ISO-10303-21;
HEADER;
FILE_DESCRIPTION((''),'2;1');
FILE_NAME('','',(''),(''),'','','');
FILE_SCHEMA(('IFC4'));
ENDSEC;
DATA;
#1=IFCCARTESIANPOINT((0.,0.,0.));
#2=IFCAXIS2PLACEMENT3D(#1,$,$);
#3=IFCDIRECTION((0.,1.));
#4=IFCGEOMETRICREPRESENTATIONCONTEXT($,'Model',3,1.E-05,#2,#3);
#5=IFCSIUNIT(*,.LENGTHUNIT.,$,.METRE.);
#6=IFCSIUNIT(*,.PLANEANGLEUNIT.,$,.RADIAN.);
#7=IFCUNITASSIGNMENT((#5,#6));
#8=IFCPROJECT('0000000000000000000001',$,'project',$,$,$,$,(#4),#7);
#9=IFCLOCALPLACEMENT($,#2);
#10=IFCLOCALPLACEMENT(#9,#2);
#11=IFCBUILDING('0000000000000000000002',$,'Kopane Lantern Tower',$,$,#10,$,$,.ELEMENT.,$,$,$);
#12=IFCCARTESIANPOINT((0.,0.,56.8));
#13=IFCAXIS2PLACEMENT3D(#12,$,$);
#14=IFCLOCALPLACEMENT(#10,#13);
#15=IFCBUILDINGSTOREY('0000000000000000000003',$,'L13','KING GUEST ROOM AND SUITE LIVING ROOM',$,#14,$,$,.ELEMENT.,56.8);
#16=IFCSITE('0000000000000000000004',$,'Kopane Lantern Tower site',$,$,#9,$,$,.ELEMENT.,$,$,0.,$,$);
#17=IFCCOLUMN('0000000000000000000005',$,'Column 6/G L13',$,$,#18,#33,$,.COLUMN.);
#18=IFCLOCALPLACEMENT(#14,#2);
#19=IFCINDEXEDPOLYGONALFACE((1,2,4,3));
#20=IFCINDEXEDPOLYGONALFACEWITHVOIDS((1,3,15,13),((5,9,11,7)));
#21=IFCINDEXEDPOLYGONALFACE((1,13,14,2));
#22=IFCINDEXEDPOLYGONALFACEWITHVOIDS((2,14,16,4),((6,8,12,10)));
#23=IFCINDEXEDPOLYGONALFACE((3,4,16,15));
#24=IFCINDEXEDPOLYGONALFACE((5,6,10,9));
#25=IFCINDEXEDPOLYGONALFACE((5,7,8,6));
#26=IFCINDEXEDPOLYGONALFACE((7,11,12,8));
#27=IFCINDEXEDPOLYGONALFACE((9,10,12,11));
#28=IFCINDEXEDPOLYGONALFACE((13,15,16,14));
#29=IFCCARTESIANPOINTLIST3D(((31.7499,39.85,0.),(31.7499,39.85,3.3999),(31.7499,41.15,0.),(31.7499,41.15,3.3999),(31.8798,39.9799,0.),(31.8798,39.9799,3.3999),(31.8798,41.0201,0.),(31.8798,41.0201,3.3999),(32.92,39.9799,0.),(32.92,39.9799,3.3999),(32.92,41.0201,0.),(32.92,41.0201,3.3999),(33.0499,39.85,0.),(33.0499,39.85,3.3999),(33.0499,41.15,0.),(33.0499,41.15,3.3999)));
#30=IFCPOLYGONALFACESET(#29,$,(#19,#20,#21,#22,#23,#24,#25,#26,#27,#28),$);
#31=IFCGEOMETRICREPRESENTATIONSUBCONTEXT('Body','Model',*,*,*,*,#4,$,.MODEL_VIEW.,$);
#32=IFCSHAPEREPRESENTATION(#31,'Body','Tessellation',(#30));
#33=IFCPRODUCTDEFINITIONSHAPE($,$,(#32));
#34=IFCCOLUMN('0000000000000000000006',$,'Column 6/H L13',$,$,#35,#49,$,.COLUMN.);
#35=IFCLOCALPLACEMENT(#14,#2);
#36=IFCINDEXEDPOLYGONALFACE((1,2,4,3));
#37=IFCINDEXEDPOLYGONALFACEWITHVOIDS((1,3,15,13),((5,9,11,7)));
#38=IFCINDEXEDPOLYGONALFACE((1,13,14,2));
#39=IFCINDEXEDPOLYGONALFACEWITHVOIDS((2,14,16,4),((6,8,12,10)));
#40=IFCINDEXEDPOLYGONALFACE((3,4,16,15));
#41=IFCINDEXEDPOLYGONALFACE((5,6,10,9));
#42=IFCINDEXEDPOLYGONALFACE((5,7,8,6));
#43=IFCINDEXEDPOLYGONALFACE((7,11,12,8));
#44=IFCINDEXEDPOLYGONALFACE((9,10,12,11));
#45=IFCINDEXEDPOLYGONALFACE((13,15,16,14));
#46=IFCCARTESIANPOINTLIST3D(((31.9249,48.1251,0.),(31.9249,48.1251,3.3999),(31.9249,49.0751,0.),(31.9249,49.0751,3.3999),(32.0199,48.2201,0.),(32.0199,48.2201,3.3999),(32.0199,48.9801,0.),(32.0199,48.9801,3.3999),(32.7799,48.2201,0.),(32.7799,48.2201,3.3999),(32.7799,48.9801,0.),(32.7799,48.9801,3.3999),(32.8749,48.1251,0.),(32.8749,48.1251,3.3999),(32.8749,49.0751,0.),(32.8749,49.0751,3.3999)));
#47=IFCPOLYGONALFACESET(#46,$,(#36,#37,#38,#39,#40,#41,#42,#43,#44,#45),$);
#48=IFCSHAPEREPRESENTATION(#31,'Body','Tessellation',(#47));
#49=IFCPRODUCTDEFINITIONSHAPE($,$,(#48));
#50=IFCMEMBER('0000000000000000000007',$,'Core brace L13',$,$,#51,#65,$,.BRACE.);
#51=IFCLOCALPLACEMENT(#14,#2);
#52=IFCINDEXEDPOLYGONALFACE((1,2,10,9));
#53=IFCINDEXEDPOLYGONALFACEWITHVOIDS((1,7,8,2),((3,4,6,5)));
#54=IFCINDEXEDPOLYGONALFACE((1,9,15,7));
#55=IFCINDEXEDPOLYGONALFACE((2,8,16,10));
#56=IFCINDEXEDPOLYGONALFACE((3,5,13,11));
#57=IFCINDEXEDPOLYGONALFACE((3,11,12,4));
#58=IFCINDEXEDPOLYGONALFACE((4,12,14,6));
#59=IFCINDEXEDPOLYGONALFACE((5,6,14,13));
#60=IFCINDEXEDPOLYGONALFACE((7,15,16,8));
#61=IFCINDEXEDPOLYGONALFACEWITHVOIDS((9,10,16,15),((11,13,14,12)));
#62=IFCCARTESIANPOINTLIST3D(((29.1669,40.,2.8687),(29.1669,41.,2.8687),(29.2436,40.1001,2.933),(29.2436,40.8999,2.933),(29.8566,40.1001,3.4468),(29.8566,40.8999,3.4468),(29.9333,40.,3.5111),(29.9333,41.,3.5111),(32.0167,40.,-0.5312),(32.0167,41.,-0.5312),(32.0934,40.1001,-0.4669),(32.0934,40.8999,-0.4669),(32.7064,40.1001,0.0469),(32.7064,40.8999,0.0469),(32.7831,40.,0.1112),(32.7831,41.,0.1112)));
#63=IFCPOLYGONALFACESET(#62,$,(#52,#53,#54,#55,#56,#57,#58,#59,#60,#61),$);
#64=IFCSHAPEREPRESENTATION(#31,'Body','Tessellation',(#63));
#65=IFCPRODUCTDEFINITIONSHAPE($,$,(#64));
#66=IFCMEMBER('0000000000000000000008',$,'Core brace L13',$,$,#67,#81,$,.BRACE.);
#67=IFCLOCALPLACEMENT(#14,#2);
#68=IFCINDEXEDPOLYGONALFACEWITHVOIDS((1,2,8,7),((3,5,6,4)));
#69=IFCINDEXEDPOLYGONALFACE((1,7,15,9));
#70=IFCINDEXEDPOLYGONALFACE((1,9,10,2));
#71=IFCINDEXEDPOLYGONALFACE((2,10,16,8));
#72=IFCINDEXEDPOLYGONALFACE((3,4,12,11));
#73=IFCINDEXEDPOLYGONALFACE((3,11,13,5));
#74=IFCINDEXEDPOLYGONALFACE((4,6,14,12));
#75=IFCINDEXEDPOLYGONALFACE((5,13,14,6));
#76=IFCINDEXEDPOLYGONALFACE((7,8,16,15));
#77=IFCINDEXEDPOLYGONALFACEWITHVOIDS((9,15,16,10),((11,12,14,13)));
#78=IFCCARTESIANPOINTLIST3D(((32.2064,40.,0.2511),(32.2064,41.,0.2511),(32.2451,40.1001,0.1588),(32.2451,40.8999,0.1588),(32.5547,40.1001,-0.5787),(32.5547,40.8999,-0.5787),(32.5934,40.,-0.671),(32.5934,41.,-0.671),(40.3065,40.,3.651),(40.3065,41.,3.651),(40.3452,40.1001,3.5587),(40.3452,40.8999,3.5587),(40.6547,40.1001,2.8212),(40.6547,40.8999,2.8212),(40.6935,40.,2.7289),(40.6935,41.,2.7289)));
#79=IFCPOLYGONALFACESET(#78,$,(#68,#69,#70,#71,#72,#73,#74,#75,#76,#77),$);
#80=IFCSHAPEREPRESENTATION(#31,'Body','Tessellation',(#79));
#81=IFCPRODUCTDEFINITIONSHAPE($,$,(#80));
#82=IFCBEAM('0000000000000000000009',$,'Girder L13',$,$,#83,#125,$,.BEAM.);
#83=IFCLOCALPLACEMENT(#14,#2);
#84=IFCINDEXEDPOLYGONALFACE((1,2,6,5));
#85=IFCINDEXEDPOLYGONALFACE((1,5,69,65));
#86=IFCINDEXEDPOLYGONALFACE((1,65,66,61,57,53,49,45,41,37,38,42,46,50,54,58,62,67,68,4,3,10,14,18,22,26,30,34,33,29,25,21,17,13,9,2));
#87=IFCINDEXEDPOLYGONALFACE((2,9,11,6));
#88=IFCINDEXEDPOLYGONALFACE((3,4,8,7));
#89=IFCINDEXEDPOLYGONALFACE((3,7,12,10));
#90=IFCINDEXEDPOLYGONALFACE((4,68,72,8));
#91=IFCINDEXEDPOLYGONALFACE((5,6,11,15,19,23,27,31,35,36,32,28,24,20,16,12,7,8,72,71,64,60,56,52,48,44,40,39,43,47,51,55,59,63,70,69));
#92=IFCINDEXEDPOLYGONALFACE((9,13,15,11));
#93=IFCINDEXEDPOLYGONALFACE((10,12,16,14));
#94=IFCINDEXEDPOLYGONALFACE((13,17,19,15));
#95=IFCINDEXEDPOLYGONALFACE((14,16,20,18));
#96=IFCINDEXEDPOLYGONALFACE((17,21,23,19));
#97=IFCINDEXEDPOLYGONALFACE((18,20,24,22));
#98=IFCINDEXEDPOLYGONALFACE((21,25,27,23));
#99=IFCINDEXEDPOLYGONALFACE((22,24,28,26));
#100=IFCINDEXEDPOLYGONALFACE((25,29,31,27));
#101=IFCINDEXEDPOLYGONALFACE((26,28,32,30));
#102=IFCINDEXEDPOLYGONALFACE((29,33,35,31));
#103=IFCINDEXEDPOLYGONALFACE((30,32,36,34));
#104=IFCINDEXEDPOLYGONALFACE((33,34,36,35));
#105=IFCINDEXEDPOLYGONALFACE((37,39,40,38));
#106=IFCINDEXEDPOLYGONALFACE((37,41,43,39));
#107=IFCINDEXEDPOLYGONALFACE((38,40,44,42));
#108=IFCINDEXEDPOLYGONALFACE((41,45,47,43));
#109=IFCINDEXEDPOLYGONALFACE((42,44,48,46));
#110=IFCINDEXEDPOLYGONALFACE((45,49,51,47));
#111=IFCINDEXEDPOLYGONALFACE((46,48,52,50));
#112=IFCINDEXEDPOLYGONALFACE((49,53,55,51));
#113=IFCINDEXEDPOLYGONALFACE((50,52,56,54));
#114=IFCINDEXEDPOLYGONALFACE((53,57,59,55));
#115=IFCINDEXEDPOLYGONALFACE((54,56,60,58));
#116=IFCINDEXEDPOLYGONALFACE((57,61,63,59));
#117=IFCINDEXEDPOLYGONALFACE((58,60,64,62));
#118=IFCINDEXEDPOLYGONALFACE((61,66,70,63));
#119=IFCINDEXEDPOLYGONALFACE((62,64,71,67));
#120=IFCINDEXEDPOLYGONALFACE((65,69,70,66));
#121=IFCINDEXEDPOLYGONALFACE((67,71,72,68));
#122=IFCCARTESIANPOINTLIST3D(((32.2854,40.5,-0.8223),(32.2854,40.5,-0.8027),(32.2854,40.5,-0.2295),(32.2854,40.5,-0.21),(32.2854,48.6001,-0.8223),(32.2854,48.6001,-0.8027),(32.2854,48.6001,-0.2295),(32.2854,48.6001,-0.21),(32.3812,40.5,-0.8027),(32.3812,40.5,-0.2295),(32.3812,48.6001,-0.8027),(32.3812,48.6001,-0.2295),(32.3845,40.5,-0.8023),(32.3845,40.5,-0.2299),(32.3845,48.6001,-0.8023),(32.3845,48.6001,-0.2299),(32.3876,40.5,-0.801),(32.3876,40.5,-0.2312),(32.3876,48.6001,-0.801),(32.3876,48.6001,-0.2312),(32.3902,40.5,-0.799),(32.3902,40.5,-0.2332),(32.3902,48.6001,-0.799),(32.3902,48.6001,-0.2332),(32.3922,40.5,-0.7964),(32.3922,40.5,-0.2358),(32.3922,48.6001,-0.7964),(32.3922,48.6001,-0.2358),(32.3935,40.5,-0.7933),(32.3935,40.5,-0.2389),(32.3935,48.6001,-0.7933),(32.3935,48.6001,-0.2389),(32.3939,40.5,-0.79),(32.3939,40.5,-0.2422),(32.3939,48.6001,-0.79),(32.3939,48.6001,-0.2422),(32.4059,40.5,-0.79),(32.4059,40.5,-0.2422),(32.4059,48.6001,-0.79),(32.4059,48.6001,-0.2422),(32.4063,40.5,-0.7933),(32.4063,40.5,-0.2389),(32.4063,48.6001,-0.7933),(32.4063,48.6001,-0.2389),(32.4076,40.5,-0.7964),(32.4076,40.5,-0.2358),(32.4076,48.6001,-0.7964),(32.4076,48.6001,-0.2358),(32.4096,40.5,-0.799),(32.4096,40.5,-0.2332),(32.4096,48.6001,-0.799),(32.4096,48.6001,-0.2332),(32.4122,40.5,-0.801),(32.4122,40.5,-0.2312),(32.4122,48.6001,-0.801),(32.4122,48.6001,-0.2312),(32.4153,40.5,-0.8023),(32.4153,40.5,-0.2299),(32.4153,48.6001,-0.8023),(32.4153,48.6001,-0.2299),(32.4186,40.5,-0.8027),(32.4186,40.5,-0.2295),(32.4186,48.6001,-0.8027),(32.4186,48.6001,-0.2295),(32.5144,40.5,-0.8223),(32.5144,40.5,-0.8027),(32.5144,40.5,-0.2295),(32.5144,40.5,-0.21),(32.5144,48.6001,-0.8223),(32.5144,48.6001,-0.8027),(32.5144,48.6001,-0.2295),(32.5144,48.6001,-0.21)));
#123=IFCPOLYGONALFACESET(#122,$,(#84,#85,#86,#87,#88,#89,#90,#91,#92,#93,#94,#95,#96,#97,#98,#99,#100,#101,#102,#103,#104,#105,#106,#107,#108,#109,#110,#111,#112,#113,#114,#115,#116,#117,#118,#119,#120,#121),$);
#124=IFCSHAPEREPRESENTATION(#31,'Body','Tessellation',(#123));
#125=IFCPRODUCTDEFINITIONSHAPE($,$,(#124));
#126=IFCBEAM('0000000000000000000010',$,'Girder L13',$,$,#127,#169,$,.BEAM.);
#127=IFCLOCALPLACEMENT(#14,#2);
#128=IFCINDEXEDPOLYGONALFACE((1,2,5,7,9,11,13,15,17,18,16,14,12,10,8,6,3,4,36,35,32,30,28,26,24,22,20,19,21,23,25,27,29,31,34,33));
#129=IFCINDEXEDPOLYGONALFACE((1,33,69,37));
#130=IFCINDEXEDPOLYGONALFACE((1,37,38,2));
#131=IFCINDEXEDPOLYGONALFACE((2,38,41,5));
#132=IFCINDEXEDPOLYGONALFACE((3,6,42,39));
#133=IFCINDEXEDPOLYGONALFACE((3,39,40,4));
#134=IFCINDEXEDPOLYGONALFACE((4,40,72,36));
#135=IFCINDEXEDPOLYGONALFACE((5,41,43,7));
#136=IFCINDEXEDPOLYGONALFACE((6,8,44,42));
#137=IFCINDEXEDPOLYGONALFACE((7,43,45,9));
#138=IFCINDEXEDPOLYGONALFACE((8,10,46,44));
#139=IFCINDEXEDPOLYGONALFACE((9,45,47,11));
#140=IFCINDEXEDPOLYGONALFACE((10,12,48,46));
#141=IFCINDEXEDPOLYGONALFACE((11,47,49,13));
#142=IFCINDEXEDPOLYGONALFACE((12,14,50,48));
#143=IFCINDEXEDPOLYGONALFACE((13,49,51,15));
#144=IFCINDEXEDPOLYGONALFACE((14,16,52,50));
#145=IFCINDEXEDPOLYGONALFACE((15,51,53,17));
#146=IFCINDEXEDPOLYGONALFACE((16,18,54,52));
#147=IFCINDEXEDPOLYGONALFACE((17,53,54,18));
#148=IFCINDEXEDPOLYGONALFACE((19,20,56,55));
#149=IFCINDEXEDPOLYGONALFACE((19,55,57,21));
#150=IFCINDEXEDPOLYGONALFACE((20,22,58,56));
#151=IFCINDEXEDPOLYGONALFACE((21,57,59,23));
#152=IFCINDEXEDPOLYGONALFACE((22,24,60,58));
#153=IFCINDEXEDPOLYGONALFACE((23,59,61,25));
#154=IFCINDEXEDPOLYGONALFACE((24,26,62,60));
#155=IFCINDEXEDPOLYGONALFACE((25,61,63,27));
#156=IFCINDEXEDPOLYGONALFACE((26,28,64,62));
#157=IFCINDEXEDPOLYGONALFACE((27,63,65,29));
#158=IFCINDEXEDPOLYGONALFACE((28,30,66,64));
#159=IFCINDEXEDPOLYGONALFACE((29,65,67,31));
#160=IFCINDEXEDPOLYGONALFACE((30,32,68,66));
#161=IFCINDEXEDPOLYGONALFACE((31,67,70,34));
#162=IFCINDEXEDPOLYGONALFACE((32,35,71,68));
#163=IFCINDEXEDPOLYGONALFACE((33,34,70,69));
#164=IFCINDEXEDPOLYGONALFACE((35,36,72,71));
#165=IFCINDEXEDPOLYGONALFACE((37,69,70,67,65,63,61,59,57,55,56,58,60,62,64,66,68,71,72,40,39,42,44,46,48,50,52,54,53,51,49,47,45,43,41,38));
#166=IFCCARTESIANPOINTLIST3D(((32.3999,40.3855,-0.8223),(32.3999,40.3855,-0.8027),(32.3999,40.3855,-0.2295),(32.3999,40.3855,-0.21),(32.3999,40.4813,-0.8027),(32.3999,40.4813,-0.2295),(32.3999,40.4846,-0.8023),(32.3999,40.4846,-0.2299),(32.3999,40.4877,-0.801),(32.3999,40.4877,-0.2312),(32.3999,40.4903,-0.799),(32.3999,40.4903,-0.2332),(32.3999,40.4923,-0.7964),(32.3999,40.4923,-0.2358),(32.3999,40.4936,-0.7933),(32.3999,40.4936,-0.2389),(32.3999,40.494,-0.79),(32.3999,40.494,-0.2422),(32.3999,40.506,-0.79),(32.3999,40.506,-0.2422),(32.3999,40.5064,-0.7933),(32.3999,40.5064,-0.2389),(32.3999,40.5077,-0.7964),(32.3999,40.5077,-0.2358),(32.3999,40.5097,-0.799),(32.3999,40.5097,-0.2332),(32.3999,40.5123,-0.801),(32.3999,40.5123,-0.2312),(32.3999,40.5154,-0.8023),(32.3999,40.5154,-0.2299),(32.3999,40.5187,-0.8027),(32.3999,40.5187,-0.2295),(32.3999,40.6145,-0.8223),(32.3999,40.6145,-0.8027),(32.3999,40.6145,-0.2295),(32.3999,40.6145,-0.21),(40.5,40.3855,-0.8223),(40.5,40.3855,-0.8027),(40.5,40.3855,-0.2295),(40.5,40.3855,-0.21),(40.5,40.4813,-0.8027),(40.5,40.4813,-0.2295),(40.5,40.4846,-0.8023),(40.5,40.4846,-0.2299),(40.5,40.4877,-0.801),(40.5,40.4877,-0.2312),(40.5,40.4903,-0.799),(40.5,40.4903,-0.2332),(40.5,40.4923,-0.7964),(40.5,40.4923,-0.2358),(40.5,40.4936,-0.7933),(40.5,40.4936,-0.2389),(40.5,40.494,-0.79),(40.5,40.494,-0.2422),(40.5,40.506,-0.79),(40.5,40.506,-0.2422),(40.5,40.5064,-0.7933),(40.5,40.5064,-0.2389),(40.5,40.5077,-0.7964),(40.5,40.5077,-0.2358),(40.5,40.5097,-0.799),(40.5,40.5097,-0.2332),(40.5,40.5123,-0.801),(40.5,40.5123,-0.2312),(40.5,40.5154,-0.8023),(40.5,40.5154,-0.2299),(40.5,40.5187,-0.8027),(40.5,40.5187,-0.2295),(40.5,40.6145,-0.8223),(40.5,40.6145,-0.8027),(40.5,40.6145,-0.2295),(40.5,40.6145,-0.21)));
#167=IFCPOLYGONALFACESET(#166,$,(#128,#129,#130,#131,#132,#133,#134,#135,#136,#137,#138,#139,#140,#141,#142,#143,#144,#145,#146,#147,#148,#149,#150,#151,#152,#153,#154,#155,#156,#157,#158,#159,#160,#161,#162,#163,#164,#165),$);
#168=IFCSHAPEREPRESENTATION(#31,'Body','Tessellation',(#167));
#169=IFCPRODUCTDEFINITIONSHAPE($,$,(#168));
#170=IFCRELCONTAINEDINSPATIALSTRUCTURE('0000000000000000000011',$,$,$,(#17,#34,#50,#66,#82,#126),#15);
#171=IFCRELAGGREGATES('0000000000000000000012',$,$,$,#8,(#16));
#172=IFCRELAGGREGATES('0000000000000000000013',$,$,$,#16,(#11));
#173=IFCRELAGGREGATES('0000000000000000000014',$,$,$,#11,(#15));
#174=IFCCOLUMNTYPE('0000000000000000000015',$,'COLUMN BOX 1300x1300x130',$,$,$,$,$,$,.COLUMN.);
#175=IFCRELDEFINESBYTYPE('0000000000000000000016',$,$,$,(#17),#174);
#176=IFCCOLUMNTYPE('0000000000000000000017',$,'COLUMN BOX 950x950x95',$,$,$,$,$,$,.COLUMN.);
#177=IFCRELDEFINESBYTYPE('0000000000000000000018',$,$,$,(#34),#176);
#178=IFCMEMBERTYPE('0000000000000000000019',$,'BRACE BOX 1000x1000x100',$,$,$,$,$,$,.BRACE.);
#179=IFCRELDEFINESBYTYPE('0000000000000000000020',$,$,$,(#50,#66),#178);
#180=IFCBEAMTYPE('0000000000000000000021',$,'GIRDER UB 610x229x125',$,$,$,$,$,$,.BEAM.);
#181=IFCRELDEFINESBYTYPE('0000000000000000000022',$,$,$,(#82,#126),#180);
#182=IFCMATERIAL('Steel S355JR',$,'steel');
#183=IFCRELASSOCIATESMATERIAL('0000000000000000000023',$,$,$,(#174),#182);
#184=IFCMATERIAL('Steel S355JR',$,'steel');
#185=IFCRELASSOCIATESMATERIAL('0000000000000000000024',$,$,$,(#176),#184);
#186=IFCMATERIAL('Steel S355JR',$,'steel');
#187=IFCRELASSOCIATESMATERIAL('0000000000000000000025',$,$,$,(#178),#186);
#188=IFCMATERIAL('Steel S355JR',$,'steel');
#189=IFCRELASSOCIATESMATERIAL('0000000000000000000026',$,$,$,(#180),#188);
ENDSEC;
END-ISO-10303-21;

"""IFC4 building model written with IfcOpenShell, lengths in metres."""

from ifc_helpers import new_model, si_unit, direction, frame, origin, origin_2d, place, context, subcontext, project, spatial, hollow_rectangle, i_section, extrude, material, material_profile, profile_set, type_object, element, save


model = new_model("IFC4")

# Units and contexts
model_context = context("Model", 3, precision=1e-05, world=origin(), true_north=direction((0.0, 1.0)))
body_context = subcontext(model_context, "Body", "Model", "MODEL_VIEW")
ifc_project = project(units=[si_unit("LENGTHUNIT", "METRE"), si_unit("PLANEANGLEUNIT", "RADIAN")], contexts=[model_context])

# Site, building, storey
site_placement = place(None, origin())
site = spatial("IfcSite", under=ifc_project, at=site_placement, Name="Kopane Lantern Tower site", CompositionType="ELEMENT", RefElevation=0.0)
building_placement = place(site_placement, origin())
building = spatial("IfcBuilding", under=site, at=building_placement, Name="Kopane Lantern Tower", CompositionType="ELEMENT")
storey_placement = place(building_placement, frame((0.0, 0.0, 56.8)))
storey = spatial("IfcBuildingStorey", under=building, at=storey_placement, Name="L13", Description="KING GUEST ROOM AND SUITE LIVING ROOM", CompositionType="ELEMENT", Elevation=56.8)

# Columns
ifc_material_1 = material(Name="Steel S355JR", Category="steel")
ifc_material_profile_1 = material_profile(ifc_material_1, hollow_rectangle(XDim=1.3, YDim=1.3, WallThickness=0.1299, at=origin_2d()), Name="BOX 1300x1300x130")
ifc_profile_set_1 = profile_set([ifc_material_profile_1], Name="Steel S355JR")
column_type_1 = type_object("IfcColumnType", Name="COLUMN BOX 1300x1300x130", PredefinedType="COLUMN", material=ifc_profile_set_1)
column_1_placement = place(storey_placement, frame((32.3999, 40.5, 0.0), z_axis=(0.0, 0.0, 1.0), x_axis=(1.0, 0.0, 0.0)))
element("IfcColumn", 1, at=column_1_placement, inside=storey, type_object=column_type_1, Name="Column 6/G L13", PredefinedType="COLUMN", context=body_context, shape_type="SweptSolid", body=[
    extrude(hollow_rectangle(XDim=1.3, YDim=1.3, WallThickness=0.1299, at=origin_2d()), origin(), (0.0, 0.0, 1.0), 3.3999),
])
ifc_material_2 = material(Name="Steel S355JR", Category="steel")
ifc_material_profile_2 = material_profile(ifc_material_2, hollow_rectangle(XDim=0.95, YDim=0.95, WallThickness=0.095, at=origin_2d()), Name="BOX 950x950x95")
ifc_profile_set_2 = profile_set([ifc_material_profile_2], Name="Steel S355JR")
column_type_2 = type_object("IfcColumnType", Name="COLUMN BOX 950x950x95", PredefinedType="COLUMN", material=ifc_profile_set_2)
column_2_placement = place(storey_placement, frame((32.3999, 48.6001, 0.0), z_axis=(0.0, 0.0, 1.0), x_axis=(1.0, 0.0, 0.0)))
element("IfcColumn", 2, at=column_2_placement, inside=storey, type_object=column_type_2, Name="Column 6/H L13", PredefinedType="COLUMN", context=body_context, shape_type="SweptSolid", body=[
    extrude(hollow_rectangle(XDim=0.95, YDim=0.95, WallThickness=0.095, at=origin_2d()), origin(), (0.0, 0.0, 1.0), 3.3999),
])

# Members
ifc_material_3 = material(Name="Steel S355JR", Category="steel")
ifc_material_profile_3 = material_profile(ifc_material_3, hollow_rectangle(XDim=1.0, YDim=1.0, WallThickness=0.1001, at=origin_2d()), Name="BOX 1000x1000x100")
ifc_profile_set_3 = profile_set([ifc_material_profile_3], Name="Steel S355JR")
member_type = type_object("IfcMemberType", Name="BRACE BOX 1000x1000x100", PredefinedType="BRACE", material=ifc_profile_set_3)
member_1_placement = place(storey_placement, frame((32.3999, 40.5, -0.21), z_axis=(-0.64239, 0.0, 0.766378), x_axis=(0.0, -1.0, 0.0)))
element("IfcMember", 3, at=member_1_placement, inside=storey, type_object=member_type, Name="Core brace L13", PredefinedType="BRACE", context=body_context, shape_type="SweptSolid", body=[
    extrude(hollow_rectangle(XDim=1.0, YDim=1.0, WallThickness=0.1001, at=origin_2d()), origin(), (0.0, 0.0, 1.0), 4.4363),
])
member_2_placement = place(storey_placement, frame((32.3999, 40.5, -0.21), z_axis=(0.922069, 0.0, 0.387026), x_axis=(0.0, 1.0, 0.0)))
element("IfcMember", 4, at=member_2_placement, inside=storey, type_object=member_type, Name="Core brace L13", PredefinedType="BRACE", context=body_context, shape_type="SweptSolid", body=[
    extrude(hollow_rectangle(XDim=1.0, YDim=1.0, WallThickness=0.1001, at=origin_2d()), origin(), (0.0, 0.0, 1.0), 8.7847),
])

# Beams
ifc_material_4 = material(Name="Steel S355JR", Category="steel")
ifc_material_profile_4 = material_profile(ifc_material_4, i_section(OverallWidth=0.229, OverallDepth=0.6123, WebThickness=0.012, FlangeThickness=0.0195, FilletRadius=0.0127, at=origin_2d()), Name="UB 610x229x125")
ifc_profile_set_4 = profile_set([ifc_material_profile_4], Name="Steel S355JR")
beam_type = type_object("IfcBeamType", Name="GIRDER UB 610x229x125", PredefinedType="BEAM", material=ifc_profile_set_4)
for number, where, z_axis, x_axis, name in (
    (5, (32.3999, 40.5, -0.5161), (0.0, 1.0, 0.0), (-1.0, 0.0, 0.0), "Girder L13"),
    (6, (32.3999, 40.5, -0.5161), (1.0, 0.0, 0.0), (0.0, 1.0, 0.0), "Girder L13"),
):
    element("IfcBeam", number, at=place(storey_placement, frame(where, z_axis=z_axis, x_axis=x_axis)), inside=storey, type_object=beam_type, Name=name, PredefinedType="BEAM", context=body_context, shape_type="SweptSolid", body=[
        extrude(i_section(OverallWidth=0.229, OverallDepth=0.6123, WebThickness=0.012, FlangeThickness=0.0195, FilletRadius=0.0127, at=origin_2d()), origin(), (0.0, 0.0, 1.0), 8.1001),
    ])

save(model, "model.ifc")
